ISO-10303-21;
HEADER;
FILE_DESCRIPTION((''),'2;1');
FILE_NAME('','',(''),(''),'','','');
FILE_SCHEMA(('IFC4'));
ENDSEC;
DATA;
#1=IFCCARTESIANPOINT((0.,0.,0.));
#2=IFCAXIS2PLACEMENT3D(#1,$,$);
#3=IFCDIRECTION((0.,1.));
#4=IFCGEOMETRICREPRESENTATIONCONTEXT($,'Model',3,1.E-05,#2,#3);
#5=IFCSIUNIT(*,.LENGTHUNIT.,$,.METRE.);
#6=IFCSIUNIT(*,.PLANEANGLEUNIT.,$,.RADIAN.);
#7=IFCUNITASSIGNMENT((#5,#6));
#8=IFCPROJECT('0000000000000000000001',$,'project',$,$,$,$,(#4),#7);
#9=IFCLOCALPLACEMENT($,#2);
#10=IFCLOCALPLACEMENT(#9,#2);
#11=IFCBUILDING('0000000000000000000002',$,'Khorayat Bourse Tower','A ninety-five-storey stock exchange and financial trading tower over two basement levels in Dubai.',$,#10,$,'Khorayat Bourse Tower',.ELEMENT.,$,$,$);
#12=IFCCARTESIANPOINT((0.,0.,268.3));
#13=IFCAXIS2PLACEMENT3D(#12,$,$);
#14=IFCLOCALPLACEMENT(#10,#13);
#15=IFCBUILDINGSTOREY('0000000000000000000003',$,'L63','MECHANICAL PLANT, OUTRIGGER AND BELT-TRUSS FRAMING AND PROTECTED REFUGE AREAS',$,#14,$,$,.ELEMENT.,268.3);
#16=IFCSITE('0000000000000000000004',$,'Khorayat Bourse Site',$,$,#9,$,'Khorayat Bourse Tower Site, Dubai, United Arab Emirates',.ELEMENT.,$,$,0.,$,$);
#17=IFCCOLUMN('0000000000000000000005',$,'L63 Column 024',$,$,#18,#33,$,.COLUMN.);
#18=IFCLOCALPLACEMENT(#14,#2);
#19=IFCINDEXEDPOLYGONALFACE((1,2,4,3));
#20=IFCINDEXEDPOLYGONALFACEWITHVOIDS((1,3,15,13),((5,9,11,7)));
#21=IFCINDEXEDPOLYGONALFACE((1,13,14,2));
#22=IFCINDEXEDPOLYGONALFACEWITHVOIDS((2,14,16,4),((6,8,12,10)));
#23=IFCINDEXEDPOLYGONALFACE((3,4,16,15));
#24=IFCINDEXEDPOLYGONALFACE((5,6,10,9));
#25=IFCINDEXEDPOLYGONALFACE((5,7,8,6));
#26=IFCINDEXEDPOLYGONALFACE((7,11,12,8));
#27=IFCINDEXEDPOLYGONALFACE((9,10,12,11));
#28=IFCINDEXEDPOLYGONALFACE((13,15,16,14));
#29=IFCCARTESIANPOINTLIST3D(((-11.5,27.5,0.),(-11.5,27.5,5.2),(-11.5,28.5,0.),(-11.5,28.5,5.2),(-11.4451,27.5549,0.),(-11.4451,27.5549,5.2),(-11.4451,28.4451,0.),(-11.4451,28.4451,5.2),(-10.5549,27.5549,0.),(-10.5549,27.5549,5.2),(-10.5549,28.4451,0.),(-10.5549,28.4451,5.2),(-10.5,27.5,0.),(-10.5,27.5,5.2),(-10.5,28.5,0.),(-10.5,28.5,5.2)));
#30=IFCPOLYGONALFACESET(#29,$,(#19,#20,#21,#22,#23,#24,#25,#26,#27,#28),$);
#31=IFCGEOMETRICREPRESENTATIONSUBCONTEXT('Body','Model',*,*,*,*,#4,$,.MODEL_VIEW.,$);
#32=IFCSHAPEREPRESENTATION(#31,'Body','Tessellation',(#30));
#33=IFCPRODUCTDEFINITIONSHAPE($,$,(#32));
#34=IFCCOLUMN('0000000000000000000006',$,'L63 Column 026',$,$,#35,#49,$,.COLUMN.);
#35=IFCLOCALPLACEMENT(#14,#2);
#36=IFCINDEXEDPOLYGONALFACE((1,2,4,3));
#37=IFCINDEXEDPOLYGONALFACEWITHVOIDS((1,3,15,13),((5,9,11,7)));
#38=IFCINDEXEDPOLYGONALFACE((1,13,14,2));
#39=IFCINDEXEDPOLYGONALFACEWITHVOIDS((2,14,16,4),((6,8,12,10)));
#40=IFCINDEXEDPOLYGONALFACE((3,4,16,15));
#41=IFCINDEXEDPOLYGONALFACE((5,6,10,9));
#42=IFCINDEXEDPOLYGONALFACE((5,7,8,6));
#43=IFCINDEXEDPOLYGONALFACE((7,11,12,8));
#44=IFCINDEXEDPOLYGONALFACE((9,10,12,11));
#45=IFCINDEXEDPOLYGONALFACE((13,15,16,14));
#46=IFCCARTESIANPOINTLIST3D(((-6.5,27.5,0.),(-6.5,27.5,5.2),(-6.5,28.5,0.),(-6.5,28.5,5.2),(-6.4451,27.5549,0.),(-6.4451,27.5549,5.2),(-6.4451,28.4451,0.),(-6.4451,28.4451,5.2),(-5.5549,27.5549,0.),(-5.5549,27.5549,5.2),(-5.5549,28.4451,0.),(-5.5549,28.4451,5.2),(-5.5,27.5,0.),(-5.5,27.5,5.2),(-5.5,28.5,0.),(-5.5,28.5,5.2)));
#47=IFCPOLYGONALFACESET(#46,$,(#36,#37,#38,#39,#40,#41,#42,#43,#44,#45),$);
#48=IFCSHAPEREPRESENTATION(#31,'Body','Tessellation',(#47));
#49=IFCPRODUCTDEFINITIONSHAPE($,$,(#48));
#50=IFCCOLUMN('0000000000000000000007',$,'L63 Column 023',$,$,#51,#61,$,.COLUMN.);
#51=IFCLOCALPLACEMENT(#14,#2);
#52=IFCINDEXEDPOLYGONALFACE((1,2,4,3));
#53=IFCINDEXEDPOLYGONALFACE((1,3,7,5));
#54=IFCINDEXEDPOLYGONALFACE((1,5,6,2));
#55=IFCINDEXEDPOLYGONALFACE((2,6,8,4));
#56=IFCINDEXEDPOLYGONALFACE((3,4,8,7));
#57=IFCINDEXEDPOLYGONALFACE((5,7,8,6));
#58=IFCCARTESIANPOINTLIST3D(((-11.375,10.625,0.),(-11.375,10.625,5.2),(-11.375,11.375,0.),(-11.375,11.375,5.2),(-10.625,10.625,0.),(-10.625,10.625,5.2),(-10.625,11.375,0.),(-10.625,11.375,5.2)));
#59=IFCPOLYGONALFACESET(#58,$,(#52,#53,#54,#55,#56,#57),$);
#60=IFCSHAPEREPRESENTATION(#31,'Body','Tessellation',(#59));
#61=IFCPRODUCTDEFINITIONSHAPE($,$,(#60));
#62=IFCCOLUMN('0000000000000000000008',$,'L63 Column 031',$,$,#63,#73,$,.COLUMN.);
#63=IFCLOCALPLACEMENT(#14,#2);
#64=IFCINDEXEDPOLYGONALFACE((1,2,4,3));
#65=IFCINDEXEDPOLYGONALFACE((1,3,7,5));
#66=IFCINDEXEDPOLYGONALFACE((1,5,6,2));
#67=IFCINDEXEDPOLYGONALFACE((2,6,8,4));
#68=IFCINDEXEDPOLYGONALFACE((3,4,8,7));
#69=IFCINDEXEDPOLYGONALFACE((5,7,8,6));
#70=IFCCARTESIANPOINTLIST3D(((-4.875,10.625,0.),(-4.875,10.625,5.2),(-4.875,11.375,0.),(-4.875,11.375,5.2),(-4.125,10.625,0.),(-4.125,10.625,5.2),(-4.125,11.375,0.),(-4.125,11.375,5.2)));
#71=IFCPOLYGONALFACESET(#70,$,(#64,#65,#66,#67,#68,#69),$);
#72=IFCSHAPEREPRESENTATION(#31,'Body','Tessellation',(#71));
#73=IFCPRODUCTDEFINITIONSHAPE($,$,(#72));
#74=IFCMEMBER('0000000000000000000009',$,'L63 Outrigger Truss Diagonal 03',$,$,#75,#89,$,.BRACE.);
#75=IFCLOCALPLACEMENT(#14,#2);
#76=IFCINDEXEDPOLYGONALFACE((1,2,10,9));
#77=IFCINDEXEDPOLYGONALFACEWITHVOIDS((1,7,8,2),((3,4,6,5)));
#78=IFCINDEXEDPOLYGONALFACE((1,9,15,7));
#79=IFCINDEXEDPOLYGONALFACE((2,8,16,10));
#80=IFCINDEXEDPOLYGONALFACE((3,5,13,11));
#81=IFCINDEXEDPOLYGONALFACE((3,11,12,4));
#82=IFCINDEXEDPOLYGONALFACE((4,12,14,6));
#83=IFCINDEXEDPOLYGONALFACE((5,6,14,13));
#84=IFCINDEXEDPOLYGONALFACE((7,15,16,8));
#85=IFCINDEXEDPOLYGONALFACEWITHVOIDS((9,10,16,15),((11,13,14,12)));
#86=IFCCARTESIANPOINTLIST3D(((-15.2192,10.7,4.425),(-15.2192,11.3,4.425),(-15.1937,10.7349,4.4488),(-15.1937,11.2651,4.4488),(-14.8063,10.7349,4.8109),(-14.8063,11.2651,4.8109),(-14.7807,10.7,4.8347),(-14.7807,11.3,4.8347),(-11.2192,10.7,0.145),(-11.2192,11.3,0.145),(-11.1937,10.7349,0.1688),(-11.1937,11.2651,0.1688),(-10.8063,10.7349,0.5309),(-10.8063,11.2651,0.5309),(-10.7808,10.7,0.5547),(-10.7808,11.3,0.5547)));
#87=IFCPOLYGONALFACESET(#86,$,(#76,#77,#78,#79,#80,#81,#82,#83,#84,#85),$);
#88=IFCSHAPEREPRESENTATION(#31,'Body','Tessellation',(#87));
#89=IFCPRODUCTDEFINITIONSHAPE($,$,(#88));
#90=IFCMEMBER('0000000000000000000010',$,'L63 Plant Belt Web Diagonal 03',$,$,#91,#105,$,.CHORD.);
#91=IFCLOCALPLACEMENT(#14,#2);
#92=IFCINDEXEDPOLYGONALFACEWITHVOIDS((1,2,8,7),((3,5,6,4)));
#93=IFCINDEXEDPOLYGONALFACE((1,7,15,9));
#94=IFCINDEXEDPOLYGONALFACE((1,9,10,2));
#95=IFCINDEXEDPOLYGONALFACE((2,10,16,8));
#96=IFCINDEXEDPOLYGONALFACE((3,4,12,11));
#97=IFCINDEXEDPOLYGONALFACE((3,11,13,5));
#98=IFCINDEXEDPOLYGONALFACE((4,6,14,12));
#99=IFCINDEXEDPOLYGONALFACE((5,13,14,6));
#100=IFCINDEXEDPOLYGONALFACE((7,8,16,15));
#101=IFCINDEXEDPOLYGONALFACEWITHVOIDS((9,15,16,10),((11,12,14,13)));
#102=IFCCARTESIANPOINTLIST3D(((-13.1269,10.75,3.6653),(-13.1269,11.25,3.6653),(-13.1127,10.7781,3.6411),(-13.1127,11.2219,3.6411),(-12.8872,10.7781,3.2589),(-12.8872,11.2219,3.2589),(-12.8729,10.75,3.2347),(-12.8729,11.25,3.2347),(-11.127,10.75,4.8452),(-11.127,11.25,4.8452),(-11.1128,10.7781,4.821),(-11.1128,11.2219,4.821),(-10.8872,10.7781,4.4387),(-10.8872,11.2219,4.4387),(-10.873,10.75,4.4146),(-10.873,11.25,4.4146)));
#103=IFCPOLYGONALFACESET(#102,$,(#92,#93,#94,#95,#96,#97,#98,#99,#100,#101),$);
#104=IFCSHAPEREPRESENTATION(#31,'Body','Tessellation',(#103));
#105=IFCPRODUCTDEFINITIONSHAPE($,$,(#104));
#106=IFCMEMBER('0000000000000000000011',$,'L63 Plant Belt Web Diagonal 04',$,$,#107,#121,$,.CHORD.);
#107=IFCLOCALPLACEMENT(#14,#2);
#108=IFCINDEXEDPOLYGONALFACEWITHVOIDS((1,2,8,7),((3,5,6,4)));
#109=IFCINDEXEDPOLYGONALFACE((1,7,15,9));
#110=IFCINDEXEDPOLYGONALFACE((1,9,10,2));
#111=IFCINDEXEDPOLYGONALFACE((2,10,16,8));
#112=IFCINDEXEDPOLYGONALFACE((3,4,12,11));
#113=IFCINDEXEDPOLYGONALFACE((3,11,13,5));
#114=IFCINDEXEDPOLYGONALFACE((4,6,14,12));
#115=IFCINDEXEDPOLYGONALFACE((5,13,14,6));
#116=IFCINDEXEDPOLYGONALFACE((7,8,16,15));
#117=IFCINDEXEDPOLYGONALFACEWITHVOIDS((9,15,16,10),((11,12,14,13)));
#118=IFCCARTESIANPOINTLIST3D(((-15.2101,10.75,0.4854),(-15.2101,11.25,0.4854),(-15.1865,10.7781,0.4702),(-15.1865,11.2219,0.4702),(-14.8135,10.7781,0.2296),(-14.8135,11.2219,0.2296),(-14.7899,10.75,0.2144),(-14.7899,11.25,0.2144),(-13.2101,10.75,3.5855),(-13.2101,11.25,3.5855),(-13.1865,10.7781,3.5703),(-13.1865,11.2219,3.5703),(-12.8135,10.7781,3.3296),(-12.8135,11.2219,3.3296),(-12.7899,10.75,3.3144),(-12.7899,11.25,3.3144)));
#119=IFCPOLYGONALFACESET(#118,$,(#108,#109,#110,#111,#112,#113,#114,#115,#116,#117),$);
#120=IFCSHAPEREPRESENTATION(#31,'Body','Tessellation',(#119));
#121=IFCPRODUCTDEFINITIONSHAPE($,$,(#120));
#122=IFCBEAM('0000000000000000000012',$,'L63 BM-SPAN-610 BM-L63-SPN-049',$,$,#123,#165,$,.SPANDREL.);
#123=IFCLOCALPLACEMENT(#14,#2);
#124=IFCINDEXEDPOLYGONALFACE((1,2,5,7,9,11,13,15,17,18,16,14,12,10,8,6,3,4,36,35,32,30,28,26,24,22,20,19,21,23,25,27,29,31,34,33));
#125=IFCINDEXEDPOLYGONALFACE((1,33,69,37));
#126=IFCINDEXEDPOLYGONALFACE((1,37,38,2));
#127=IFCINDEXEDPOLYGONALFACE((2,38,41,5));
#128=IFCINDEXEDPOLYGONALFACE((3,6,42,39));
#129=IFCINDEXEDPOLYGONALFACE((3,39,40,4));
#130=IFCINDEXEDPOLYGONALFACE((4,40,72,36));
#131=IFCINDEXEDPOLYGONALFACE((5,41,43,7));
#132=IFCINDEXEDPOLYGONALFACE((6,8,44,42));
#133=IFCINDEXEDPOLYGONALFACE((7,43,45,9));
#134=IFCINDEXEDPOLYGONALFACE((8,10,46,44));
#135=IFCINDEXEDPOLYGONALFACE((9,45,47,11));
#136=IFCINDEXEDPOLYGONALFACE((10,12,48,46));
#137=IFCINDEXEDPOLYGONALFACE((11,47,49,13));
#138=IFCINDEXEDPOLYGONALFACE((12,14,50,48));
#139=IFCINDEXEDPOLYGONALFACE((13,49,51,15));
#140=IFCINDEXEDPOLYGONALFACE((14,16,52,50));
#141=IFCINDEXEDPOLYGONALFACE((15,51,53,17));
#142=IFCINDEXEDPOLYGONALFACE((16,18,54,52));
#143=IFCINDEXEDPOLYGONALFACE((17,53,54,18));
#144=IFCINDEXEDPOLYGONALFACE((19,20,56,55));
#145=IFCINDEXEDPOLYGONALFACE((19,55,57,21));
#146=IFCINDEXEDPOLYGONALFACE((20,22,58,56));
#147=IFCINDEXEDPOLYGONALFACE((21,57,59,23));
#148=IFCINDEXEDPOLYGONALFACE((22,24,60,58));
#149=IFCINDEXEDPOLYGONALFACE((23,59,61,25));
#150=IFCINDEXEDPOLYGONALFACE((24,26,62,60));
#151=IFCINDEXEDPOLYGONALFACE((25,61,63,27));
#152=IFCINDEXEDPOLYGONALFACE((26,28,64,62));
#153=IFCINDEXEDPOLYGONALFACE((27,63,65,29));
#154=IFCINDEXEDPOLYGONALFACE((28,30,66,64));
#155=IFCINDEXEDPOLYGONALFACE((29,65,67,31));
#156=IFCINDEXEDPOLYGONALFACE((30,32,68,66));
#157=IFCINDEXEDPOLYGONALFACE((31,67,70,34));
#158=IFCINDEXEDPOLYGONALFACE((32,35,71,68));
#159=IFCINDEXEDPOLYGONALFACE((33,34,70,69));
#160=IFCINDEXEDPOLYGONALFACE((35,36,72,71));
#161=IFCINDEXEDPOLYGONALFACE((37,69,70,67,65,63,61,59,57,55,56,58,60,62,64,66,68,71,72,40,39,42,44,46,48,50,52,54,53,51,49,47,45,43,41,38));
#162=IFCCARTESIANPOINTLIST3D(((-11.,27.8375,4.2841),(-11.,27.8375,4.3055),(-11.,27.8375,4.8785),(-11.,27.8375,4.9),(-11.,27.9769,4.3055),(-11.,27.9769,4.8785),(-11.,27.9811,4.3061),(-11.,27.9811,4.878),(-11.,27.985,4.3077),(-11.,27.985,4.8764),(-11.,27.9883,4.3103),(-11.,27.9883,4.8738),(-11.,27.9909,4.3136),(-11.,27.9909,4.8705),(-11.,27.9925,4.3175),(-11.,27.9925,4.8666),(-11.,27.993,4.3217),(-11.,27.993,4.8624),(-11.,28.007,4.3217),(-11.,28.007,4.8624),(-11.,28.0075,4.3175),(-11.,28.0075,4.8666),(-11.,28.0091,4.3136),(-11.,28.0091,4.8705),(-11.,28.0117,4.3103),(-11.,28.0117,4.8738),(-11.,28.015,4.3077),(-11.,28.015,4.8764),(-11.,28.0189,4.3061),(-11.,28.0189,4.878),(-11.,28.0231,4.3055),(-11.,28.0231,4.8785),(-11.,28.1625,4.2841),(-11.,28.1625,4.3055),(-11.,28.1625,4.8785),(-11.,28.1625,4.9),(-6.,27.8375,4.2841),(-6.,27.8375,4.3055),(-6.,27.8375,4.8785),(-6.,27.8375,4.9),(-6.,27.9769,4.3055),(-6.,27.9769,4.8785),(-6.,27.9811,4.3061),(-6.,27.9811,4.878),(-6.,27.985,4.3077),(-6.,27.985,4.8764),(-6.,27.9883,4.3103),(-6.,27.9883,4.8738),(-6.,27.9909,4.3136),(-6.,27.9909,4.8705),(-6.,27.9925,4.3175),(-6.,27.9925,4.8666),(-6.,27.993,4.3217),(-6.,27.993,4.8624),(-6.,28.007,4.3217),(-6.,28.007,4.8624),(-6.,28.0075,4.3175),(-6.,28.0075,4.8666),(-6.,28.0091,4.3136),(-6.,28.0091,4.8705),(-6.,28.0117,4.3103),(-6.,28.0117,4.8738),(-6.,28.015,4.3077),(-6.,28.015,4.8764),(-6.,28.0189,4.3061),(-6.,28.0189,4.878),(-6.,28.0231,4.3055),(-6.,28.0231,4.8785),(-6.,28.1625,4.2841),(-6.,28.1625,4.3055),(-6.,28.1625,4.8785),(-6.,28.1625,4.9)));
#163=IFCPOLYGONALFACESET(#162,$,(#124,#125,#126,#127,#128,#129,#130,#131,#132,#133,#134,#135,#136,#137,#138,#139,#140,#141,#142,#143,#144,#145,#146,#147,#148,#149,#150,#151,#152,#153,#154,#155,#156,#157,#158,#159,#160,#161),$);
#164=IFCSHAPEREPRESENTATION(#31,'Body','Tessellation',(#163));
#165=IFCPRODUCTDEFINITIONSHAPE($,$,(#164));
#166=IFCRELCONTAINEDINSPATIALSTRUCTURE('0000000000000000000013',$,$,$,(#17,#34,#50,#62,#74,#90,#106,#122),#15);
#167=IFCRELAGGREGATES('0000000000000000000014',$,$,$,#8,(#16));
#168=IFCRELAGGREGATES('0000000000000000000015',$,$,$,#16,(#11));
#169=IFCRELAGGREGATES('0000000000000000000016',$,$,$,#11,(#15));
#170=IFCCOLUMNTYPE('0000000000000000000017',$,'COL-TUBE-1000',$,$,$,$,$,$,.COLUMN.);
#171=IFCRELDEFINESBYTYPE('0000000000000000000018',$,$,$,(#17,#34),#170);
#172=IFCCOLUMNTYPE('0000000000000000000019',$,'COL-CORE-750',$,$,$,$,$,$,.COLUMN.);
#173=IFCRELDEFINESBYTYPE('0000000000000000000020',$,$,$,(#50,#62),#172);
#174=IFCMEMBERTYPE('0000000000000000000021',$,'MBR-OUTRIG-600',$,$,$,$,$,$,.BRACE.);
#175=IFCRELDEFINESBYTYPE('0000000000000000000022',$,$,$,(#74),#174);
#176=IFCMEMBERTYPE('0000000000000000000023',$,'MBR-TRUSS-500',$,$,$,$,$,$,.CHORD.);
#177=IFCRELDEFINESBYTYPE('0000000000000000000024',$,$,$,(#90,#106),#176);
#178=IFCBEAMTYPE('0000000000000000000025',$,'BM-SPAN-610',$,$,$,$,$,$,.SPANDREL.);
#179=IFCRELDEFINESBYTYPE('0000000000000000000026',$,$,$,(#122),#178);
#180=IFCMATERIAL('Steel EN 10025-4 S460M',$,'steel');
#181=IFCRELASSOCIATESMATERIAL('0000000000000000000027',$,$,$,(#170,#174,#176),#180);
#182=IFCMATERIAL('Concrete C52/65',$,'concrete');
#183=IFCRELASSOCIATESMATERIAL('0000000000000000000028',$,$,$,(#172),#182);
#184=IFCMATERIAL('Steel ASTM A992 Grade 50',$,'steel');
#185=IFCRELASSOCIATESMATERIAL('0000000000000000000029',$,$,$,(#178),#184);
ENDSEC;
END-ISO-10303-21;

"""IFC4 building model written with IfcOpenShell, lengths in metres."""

from ifc_helpers import new_model, si_unit, direction, frame, origin, origin_2d, place, context, subcontext, project, spatial, rectangle, hollow_rectangle, i_section, extrude, source, transform, mapped, material, material_profile, profile_set, type_object, element, save


model = new_model("IFC4")

# Units and contexts
model_context = context("Model", 3, precision=1e-05, world=origin(), true_north=direction((0.0, 1.0)))
body_context = subcontext(model_context, "Body", "Model", "MODEL_VIEW")
ifc_project = project(units=[si_unit("LENGTHUNIT", "METRE"), si_unit("PLANEANGLEUNIT", "RADIAN")], contexts=[model_context])

# Site, building, storey
site_placement = place(None, origin())
site = spatial("IfcSite", under=ifc_project, at=site_placement, Name="Khorayat Bourse Site", LongName="Khorayat Bourse Tower Site, Dubai, United Arab Emirates", CompositionType="ELEMENT", RefElevation=0.0)
building_placement = place(site_placement, origin())
building = spatial("IfcBuilding", under=site, at=building_placement, Name="Khorayat Bourse Tower", Description="A ninety-five-storey stock exchange and financial trading tower over two basement levels in Dubai.", LongName="Khorayat Bourse Tower", CompositionType="ELEMENT")
storey_placement = place(building_placement, frame((0.0, 0.0, 268.3)))
storey = spatial("IfcBuildingStorey", under=building, at=storey_placement, Name="L63", Description="MECHANICAL PLANT, OUTRIGGER AND BELT-TRUSS FRAMING AND PROTECTED REFUGE AREAS", CompositionType="ELEMENT", Elevation=268.3)

# Columns
ifc_material_1 = material(Name="Steel EN 10025-4 S460M", Category="steel")
ifc_material_profile_1 = material_profile(ifc_material_1, hollow_rectangle(XDim=1.0, YDim=1.0, WallThickness=0.0549, at=origin_2d()), Name="BOX 1000x1000x55")
ifc_profile_set_1 = profile_set([ifc_material_profile_1], Name="Steel EN 10025-4 S460M")
column_type_1 = type_object("IfcColumnType", Name="COL-TUBE-1000", PredefinedType="COLUMN", material=ifc_profile_set_1)
shared_shape_1 = source(origin(), body_context, "Body", "SweptSolid", [
    extrude(hollow_rectangle(XDim=1.0, YDim=1.0, WallThickness=0.0549, at=origin_2d()), origin(), (0.0, 0.0, 1.0), 5.2),
])
for number, where, z_axis, x_axis, name in (
    (1, (-11.0, 28.0, 0.0), (0.0, 0.0, 1.0), (1.0, 0.0, 0.0), "L63 Column 024"),
    (2, (-6.0, 28.0, 0.0), (0.0, 0.0, 1.0), (1.0, 0.0, 0.0), "L63 Column 026"),
):
    element("IfcColumn", number, at=place(storey_placement, frame(where, z_axis=z_axis, x_axis=x_axis)), inside=storey, type_object=column_type_1, Name=name, PredefinedType="COLUMN", context=body_context, shape_type="MappedRepresentation", body=[
        mapped(shared_shape_1, transform((0.0, 0.0, 0.0), scale=1.0)),
    ])
ifc_material_2 = material(Name="Concrete C52/65", Category="concrete")
ifc_material_profile_2 = material_profile(ifc_material_2, rectangle(XDim=0.75, YDim=0.75, at=origin_2d()), Name="RC 750x750")
ifc_profile_set_2 = profile_set([ifc_material_profile_2], Name="Concrete C52/65")
column_type_2 = type_object("IfcColumnType", Name="COL-CORE-750", PredefinedType="COLUMN", material=ifc_profile_set_2)
shared_shape_2 = source(origin(), body_context, "Body", "SweptSolid", [
    extrude(rectangle(XDim=0.75, YDim=0.75, at=origin_2d()), origin(), (0.0, 0.0, 1.0), 5.2),
])
for number, where, z_axis, x_axis, name in (
    (3, (-11.0, 11.0, 0.0), (0.0, 0.0, 1.0), (1.0, 0.0, 0.0), "L63 Column 023"),
    (4, (-4.5, 11.0, 0.0), (0.0, 0.0, 1.0), (1.0, 0.0, 0.0), "L63 Column 031"),
):
    element("IfcColumn", number, at=place(storey_placement, frame(where, z_axis=z_axis, x_axis=x_axis)), inside=storey, type_object=column_type_2, Name=name, PredefinedType="COLUMN", context=body_context, shape_type="MappedRepresentation", body=[
        mapped(shared_shape_2, transform((0.0, 0.0, 0.0), scale=1.0)),
    ])

# Members
ifc_material_profile_3 = material_profile(ifc_material_1, hollow_rectangle(XDim=0.6001, YDim=0.6001, WallThickness=0.0349, at=origin_2d()), Name="BOX 600x600x35")
ifc_profile_set_3 = profile_set([ifc_material_profile_3], Name="Steel EN 10025-4 S460M")
member_type_1 = type_object("IfcMemberType", Name="MBR-OUTRIG-600", PredefinedType="BRACE", material=ifc_profile_set_3)
shared_shape_3 = source(origin(), body_context, "Body", "SweptSolid", [
    extrude(hollow_rectangle(XDim=0.6001, YDim=0.6001, WallThickness=0.0349, at=origin_2d()), origin(), (0.0, 0.0, 1.0), 5.8582),
])
member_1_placement = place(storey_placement, frame((-11.0, 11.0, 0.3499), z_axis=(-0.682802, 0.0, 0.730603), x_axis=(0.0, -1.0, 0.0)))
element("IfcMember", 5, at=member_1_placement, inside=storey, type_object=member_type_1, Name="L63 Outrigger Truss Diagonal 03", PredefinedType="BRACE", context=body_context, shape_type="MappedRepresentation", body=[
    mapped(shared_shape_3, transform((0.0, 0.0, 0.0), scale=1.0)),
])
ifc_material_profile_4 = material_profile(ifc_material_1, hollow_rectangle(XDim=0.5, YDim=0.5, WallThickness=0.0281, at=origin_2d()), Name="HSS 500x500x28")
ifc_profile_set_4 = profile_set([ifc_material_profile_4], Name="Steel EN 10025-4 S460M")
member_type_2 = type_object("IfcMemberType", Name="MBR-TRUSS-500", PredefinedType="CHORD", material=ifc_profile_set_4)
shared_shape_4 = source(origin(), body_context, "Body", "SweptSolid", [
    extrude(hollow_rectangle(XDim=0.5, YDim=0.5, WallThickness=0.0281, at=origin_2d()), origin(), (0.0, 0.0, 1.0), 2.322),
])
member_2_placement = place(storey_placement, frame((-11.0, 11.0, 4.6299), z_axis=(-0.861282, 0.0, -0.508127), x_axis=(0.0, -1.0, 0.0)))
element("IfcMember", 6, at=member_2_placement, inside=storey, type_object=member_type_2, Name="L63 Plant Belt Web Diagonal 03", PredefinedType="CHORD", context=body_context, shape_type="MappedRepresentation", body=[
    mapped(shared_shape_4, transform((0.0, 0.0, 0.0), scale=1.0)),
])
shared_shape_5 = source(origin(), body_context, "Body", "SweptSolid", [
    extrude(hollow_rectangle(XDim=0.5, YDim=0.5, WallThickness=0.0281, at=origin_2d()), origin(), (0.0, 0.0, 1.0), 3.6892),
])
member_3_placement = place(storey_placement, frame((-13.0, 11.0, 3.45), z_axis=(-0.542115, 0.0, -0.840304), x_axis=(0.0, -1.0, 0.0)))
element("IfcMember", 7, at=member_3_placement, inside=storey, type_object=member_type_2, Name="L63 Plant Belt Web Diagonal 04", PredefinedType="CHORD", context=body_context, shape_type="MappedRepresentation", body=[
    mapped(shared_shape_5, transform((0.0, 0.0, 0.0), scale=1.0)),
])

# Beam
ifc_material_3 = material(Name="Steel ASTM A992 Grade 50", Category="steel")
ifc_material_profile_5 = material_profile(ifc_material_3, i_section(OverallWidth=0.325, OverallDepth=0.616, WebThickness=0.0139, FlangeThickness=0.0215, FilletRadius=0.0161, at=origin_2d()), Name="W610X174")
ifc_profile_set_5 = profile_set([ifc_material_profile_5], Name="Steel ASTM A992 Grade 50")
beam_type_1 = type_object("IfcBeamType", Name="BM-SPAN-610", PredefinedType="SPANDREL", material=ifc_profile_set_5)
shared_shape_6 = source(origin(), body_context, "Body", "SweptSolid", [
    extrude(i_section(OverallWidth=0.325, OverallDepth=0.616, WebThickness=0.0139, FlangeThickness=0.0215, FilletRadius=0.0161, at=origin_2d()), origin(), (0.0, 0.0, 1.0), 5.0),
])
beam_1_placement = place(storey_placement, frame((-11.0, 28.0, 4.592), z_axis=(1.0, 0.0, 0.0), x_axis=(0.0, 1.0, 0.0)))
element("IfcBeam", 8, at=beam_1_placement, inside=storey, type_object=beam_type_1, Name="L63 BM-SPAN-610 BM-L63-SPN-049", PredefinedType="SPANDREL", context=body_context, shape_type="MappedRepresentation", body=[
    mapped(shared_shape_6, transform((0.0, 0.0, 0.0), scale=1.0)),
])

save(model, "model.ifc")
